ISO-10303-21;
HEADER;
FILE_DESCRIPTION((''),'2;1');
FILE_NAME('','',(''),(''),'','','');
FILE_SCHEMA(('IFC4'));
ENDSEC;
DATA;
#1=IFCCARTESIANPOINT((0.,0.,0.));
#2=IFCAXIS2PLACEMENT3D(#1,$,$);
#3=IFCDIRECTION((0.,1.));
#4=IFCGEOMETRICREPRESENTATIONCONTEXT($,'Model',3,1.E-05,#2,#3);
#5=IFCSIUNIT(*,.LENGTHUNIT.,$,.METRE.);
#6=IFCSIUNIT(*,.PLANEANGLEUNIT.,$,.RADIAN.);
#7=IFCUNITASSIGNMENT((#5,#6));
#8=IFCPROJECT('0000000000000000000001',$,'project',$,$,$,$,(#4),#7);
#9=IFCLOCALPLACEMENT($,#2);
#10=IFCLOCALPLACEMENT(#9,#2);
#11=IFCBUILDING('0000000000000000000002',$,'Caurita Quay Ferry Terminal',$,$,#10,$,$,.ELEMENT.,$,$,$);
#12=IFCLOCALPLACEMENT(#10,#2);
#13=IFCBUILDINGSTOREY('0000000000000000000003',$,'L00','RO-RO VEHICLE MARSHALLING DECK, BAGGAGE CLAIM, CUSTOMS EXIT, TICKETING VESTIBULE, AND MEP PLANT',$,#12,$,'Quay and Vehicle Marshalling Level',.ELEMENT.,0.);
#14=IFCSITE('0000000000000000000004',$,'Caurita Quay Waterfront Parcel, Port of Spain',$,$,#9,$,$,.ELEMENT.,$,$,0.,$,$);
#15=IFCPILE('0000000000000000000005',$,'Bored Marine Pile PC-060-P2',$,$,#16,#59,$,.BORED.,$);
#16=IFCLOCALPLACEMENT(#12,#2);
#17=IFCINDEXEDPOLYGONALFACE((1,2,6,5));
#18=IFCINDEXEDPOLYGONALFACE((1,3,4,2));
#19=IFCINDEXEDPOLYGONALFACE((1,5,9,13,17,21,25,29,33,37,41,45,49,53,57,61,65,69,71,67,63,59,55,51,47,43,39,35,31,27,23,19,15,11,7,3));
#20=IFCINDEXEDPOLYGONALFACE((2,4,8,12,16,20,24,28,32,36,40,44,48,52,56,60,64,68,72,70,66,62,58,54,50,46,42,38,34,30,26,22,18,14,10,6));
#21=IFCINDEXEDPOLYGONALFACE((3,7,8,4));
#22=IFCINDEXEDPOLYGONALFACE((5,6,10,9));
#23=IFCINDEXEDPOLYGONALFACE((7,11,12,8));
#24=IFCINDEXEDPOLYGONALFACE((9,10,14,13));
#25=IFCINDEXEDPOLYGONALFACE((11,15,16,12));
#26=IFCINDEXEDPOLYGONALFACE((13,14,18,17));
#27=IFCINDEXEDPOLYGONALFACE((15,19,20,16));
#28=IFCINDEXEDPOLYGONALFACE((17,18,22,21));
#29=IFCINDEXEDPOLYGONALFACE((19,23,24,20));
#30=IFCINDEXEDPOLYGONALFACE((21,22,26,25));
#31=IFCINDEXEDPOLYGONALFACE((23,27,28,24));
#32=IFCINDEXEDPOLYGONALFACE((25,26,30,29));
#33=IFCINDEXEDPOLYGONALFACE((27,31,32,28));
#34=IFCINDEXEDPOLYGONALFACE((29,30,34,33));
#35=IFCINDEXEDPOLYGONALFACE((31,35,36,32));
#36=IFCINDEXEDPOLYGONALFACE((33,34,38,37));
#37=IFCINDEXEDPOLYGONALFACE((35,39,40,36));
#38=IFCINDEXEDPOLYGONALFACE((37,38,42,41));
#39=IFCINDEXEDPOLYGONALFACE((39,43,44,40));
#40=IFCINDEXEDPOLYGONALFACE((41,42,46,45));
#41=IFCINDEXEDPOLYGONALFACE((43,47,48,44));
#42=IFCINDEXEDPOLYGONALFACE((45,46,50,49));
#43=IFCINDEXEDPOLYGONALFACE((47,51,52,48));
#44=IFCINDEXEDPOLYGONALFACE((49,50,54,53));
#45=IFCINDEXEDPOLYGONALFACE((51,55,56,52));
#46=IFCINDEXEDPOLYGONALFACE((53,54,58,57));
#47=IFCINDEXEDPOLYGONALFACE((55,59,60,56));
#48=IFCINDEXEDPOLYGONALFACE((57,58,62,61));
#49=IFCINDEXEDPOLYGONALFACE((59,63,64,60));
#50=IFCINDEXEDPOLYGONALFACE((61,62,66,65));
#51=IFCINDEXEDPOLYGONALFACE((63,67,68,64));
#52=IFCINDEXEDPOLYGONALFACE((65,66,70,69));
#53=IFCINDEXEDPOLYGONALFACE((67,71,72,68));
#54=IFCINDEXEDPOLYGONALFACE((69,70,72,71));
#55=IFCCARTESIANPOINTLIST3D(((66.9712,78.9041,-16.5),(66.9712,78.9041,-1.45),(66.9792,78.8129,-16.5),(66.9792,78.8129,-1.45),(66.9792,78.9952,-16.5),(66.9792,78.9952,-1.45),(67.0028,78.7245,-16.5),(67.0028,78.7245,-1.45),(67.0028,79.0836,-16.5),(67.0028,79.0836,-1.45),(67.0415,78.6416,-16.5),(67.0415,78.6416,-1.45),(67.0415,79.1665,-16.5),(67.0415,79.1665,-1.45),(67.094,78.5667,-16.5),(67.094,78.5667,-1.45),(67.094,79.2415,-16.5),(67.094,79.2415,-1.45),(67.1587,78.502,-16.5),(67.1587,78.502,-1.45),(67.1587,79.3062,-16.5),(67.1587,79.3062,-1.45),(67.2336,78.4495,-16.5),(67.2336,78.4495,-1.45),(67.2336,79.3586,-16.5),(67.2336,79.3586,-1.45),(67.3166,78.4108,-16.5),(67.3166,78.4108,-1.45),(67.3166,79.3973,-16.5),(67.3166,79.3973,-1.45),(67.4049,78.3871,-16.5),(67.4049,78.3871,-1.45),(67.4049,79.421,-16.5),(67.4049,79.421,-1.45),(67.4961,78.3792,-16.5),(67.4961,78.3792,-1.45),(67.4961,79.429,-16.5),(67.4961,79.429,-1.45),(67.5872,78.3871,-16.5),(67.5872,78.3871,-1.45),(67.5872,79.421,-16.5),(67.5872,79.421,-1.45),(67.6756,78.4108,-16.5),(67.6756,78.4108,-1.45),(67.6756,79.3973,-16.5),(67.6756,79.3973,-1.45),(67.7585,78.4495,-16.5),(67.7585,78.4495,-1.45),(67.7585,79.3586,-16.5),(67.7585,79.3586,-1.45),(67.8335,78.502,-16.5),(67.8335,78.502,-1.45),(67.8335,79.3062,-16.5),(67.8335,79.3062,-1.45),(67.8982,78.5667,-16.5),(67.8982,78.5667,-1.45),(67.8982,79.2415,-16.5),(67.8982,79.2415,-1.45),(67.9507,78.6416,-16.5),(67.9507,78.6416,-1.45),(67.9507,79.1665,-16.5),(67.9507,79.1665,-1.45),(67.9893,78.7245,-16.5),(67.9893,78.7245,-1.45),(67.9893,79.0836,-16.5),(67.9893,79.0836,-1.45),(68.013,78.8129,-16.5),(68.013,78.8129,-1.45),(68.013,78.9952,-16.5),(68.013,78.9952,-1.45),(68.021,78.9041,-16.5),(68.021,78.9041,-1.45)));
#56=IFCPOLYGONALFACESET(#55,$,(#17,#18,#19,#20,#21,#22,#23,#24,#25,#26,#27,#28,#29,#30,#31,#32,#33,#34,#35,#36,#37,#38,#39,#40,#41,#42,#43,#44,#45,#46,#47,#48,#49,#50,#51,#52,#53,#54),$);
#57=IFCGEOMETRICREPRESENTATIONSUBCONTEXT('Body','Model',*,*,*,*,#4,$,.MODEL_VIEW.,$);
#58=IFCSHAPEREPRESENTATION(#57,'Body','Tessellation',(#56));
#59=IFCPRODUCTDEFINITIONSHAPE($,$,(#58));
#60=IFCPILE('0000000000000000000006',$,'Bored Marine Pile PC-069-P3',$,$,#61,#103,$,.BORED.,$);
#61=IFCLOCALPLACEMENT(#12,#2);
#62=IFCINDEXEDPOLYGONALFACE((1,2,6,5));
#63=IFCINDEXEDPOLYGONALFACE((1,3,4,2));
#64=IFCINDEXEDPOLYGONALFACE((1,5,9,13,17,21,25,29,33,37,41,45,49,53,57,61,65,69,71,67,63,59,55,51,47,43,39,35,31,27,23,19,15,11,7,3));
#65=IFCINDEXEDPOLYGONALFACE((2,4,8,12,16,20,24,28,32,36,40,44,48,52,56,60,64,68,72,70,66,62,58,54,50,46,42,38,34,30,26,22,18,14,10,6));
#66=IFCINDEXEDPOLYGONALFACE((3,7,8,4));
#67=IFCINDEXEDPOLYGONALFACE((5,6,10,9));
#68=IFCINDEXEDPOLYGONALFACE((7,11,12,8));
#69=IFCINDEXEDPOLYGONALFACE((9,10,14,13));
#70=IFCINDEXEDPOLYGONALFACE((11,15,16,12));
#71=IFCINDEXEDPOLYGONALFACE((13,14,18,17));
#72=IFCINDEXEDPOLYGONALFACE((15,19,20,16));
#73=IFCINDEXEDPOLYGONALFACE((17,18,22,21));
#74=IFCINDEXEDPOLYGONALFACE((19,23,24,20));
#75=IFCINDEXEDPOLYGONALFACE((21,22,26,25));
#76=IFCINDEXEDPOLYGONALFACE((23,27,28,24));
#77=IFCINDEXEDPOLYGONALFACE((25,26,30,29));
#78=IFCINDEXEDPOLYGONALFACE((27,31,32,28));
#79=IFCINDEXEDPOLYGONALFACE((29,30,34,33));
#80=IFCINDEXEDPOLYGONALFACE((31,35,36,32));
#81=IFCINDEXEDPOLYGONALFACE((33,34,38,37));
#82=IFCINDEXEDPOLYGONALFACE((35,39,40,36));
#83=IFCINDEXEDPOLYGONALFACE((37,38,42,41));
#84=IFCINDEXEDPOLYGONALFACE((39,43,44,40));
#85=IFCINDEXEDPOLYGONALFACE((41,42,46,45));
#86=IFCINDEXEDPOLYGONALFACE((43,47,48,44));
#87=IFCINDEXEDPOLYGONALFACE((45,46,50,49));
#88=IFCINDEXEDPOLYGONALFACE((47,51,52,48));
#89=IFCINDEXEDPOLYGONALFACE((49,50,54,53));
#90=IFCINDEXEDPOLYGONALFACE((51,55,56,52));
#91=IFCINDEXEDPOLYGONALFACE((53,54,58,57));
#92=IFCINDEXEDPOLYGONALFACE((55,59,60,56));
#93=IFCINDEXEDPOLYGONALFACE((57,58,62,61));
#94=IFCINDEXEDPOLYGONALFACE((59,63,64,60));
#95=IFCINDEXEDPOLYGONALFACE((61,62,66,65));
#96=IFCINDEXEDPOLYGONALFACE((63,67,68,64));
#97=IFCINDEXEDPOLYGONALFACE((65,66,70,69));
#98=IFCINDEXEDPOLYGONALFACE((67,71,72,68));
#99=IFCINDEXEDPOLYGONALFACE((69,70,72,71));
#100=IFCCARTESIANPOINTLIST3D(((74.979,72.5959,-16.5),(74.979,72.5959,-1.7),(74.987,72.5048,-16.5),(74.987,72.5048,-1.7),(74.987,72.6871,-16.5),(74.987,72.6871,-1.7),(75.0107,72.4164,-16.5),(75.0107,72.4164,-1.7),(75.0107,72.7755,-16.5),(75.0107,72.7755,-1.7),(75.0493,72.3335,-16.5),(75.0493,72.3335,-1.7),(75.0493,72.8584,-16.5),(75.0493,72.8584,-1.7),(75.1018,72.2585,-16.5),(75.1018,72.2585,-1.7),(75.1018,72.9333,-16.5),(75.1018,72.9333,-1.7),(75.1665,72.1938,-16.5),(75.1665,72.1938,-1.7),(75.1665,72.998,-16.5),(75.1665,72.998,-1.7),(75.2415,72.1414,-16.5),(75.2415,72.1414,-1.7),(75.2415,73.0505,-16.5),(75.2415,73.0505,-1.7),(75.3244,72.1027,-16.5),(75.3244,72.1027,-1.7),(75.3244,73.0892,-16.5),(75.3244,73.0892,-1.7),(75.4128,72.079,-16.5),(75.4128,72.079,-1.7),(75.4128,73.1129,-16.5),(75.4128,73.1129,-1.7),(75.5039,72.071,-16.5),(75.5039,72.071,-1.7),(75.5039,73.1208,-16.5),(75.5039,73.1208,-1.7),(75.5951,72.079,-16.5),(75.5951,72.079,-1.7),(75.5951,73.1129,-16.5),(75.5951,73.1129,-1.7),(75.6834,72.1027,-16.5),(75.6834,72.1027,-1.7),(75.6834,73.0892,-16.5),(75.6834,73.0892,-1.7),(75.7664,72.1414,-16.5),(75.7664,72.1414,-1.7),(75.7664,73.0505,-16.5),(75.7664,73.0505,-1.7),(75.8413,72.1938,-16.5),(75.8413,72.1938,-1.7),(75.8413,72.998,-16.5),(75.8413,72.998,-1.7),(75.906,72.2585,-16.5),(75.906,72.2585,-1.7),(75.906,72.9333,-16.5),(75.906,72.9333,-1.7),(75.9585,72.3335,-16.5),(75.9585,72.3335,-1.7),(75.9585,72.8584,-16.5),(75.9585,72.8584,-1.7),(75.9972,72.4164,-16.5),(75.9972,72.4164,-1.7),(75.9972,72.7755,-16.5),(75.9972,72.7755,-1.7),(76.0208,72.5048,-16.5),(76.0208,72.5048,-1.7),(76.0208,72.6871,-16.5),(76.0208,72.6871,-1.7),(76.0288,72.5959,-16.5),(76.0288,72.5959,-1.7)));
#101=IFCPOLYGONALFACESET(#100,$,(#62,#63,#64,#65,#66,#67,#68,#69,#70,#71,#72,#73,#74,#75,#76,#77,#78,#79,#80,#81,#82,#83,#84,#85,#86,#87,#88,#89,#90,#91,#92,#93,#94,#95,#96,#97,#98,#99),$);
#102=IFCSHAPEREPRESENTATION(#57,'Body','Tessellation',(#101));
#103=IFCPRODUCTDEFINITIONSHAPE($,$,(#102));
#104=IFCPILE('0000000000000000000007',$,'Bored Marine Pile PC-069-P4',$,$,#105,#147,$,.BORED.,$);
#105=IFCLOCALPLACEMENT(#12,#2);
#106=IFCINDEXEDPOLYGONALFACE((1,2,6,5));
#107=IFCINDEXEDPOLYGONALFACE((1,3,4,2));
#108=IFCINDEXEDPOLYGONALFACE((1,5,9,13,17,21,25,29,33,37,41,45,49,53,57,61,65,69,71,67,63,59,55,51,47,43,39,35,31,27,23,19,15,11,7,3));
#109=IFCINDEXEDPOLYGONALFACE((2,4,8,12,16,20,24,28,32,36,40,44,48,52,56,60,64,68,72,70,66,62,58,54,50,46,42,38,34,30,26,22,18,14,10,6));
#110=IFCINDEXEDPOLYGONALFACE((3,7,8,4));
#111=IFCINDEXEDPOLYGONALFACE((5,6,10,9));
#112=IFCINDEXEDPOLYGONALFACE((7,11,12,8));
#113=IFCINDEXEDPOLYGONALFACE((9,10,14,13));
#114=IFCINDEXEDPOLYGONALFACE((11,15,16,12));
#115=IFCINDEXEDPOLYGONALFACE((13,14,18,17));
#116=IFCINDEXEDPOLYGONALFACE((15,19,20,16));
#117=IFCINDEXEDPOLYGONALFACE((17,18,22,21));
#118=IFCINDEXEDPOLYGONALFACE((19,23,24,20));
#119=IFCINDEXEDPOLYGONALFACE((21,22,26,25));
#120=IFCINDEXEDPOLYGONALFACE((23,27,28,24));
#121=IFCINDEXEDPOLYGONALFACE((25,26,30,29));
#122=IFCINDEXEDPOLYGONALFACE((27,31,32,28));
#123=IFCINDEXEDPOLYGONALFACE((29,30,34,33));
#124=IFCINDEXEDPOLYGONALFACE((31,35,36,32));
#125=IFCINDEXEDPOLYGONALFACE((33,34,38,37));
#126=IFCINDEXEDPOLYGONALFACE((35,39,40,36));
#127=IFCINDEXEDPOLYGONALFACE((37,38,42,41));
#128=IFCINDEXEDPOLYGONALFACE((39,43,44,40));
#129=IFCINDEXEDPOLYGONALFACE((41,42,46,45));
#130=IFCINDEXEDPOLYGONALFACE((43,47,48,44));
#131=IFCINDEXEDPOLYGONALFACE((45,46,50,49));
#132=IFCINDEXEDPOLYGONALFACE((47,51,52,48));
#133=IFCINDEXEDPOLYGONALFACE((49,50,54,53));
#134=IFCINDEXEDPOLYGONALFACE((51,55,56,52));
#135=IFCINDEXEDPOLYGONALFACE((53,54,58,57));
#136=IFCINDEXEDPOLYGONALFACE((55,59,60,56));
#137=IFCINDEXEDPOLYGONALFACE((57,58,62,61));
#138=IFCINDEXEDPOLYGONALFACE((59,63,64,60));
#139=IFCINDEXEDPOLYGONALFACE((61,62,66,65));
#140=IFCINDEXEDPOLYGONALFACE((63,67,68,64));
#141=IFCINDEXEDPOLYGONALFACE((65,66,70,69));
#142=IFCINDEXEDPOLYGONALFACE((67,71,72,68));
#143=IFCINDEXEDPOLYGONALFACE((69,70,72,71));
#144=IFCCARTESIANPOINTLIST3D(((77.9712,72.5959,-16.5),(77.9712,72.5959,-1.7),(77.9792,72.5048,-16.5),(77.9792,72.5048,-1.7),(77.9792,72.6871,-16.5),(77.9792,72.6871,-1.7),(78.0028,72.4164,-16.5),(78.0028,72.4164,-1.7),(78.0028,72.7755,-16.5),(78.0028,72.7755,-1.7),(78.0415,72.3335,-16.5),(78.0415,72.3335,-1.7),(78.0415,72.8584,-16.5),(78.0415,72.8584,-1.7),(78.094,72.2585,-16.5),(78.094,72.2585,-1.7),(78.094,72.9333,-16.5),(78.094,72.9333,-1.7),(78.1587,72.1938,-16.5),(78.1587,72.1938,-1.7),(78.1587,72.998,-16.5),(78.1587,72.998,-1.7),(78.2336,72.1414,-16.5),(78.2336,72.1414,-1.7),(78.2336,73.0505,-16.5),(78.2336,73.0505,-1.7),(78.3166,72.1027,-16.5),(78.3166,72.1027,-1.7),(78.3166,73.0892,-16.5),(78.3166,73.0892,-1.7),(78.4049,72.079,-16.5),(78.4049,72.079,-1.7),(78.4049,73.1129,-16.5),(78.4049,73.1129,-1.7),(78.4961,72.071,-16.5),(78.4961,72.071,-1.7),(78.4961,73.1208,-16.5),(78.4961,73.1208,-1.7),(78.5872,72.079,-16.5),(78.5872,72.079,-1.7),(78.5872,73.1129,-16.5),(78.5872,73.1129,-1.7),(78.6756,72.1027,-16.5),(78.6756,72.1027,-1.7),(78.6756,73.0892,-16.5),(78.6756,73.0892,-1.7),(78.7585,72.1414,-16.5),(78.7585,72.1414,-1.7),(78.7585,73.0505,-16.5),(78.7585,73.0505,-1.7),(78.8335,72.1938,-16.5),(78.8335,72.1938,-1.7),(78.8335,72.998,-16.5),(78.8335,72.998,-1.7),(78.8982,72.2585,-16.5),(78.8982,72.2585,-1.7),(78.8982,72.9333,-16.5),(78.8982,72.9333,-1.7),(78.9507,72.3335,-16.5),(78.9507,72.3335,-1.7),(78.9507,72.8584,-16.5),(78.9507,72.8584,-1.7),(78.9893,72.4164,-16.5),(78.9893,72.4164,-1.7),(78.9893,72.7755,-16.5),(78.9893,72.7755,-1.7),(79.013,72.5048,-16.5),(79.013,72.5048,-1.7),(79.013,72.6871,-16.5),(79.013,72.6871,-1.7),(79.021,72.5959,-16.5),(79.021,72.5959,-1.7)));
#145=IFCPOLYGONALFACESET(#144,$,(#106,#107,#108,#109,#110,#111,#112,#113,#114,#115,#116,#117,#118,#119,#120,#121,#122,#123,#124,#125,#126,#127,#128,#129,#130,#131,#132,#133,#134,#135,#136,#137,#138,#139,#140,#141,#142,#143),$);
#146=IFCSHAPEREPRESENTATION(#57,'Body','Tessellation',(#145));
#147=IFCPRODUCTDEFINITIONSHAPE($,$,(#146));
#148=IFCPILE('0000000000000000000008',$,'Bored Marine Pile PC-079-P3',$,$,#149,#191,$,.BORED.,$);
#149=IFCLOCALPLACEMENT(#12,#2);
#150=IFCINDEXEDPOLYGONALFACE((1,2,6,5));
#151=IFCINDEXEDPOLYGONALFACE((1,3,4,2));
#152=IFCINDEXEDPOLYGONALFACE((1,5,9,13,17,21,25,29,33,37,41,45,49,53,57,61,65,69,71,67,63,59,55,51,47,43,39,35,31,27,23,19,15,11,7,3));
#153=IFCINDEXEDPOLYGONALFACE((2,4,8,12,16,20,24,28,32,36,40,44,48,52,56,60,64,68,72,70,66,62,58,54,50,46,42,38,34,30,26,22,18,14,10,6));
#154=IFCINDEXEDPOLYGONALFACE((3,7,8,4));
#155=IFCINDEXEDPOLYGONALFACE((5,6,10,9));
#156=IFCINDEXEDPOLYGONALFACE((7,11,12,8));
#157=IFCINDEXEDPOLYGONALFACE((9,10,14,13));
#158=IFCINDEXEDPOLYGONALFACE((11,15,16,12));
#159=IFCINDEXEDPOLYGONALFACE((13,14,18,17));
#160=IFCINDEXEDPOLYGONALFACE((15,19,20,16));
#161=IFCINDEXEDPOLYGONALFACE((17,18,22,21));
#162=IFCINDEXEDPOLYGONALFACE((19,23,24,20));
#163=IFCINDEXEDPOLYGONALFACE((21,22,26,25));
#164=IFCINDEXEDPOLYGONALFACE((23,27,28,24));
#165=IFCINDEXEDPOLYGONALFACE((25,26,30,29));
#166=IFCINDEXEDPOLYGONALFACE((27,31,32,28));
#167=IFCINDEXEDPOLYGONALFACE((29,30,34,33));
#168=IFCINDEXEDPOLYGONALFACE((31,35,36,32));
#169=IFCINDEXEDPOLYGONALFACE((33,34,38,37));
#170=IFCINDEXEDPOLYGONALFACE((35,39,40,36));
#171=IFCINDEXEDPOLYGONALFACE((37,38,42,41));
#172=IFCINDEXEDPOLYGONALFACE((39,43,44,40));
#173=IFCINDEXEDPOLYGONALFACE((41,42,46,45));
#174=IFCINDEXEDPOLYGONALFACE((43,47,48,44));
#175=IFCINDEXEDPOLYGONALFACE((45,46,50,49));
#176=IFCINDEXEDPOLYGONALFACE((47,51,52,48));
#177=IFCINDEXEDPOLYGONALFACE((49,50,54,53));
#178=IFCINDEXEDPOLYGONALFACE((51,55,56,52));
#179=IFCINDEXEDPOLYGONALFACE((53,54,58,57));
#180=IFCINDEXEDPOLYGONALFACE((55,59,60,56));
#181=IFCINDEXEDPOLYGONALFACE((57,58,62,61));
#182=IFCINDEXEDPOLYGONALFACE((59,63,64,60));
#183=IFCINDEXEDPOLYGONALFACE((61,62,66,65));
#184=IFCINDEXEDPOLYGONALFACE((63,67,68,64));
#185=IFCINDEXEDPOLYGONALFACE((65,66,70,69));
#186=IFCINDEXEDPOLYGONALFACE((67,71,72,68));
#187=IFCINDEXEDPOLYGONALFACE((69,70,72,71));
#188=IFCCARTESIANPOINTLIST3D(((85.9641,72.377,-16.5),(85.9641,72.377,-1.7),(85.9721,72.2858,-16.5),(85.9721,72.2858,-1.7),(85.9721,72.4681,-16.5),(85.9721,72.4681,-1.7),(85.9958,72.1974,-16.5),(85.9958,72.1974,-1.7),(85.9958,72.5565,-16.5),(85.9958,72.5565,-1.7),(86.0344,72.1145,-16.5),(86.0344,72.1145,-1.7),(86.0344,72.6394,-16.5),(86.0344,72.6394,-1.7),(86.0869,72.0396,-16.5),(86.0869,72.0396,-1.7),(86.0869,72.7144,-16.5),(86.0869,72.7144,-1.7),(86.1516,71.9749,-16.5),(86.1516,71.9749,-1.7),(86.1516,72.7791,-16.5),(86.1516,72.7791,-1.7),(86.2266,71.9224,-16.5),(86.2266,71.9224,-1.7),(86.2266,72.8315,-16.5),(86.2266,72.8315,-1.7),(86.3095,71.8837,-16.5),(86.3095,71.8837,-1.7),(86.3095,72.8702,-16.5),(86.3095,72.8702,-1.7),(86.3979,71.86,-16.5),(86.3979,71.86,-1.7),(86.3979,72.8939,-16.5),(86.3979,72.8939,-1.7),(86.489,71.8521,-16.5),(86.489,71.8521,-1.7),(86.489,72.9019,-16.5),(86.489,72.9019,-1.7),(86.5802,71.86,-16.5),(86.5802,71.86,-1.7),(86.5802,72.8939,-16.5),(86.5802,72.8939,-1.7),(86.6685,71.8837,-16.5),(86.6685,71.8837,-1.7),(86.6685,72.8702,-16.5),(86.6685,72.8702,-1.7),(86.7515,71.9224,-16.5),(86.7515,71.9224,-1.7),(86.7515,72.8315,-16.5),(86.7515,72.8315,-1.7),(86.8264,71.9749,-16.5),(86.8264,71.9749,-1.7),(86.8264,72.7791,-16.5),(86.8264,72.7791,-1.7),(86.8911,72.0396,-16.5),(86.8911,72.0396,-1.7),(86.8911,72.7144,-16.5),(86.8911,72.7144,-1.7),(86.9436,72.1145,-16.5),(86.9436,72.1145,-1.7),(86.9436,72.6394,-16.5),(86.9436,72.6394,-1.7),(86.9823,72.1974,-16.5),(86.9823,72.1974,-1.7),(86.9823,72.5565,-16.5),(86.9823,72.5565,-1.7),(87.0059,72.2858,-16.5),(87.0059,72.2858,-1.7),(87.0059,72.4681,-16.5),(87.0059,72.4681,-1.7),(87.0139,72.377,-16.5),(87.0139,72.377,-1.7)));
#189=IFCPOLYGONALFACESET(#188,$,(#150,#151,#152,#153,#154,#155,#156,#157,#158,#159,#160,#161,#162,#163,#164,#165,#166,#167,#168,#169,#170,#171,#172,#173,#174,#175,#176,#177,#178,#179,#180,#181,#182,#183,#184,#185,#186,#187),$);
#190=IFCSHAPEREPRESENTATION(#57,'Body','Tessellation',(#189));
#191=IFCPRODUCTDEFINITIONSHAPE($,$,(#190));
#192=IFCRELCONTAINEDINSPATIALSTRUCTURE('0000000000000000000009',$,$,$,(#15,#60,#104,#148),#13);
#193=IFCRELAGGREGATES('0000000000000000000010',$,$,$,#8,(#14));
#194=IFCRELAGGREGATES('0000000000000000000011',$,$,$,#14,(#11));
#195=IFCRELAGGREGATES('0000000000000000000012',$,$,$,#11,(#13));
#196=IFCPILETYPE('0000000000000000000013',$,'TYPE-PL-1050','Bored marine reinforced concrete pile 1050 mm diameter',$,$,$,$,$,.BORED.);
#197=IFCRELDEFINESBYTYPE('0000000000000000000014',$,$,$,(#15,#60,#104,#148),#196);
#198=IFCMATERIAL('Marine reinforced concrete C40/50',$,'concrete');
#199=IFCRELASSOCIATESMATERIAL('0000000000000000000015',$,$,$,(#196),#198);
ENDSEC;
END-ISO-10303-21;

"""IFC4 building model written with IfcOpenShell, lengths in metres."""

from ifc_helpers import new_model, si_unit, direction, frame, origin, origin_2d, place, context, subcontext, project, spatial, circle, extrude, material, material_profile, profile_set, type_object, element, save


model = new_model("IFC4")

# Units and contexts
model_context = context("Model", 3, precision=1e-05, world=origin(), true_north=direction((0.0, 1.0)))
body_context = subcontext(model_context, "Body", "Model", "MODEL_VIEW")
ifc_project = project(units=[si_unit("LENGTHUNIT", "METRE"), si_unit("PLANEANGLEUNIT", "RADIAN")], contexts=[model_context])

# Site, building, storey
site_placement = place(None, origin())
site = spatial("IfcSite", under=ifc_project, at=site_placement, Name="Caurita Quay Waterfront Parcel, Port of Spain", CompositionType="ELEMENT", RefElevation=0.0)
building_placement = place(site_placement, origin())
building = spatial("IfcBuilding", under=site, at=building_placement, Name="Caurita Quay Ferry Terminal", CompositionType="ELEMENT")
storey_placement = place(building_placement, origin())
storey = spatial("IfcBuildingStorey", under=building, at=storey_placement, Name="L00", Description="RO-RO VEHICLE MARSHALLING DECK, BAGGAGE CLAIM, CUSTOMS EXIT, TICKETING VESTIBULE, AND MEP PLANT", LongName="Quay and Vehicle Marshalling Level", CompositionType="ELEMENT", Elevation=0.0)

# Piles
ifc_material_1 = material(Name="Marine reinforced concrete C40/50", Category="concrete")
ifc_material_profile_1 = material_profile(ifc_material_1, circle(Radius=0.5249, at=origin_2d()), Name="PILE-D1050")
ifc_profile_set_1 = profile_set([ifc_material_profile_1], Name="Marine reinforced concrete C40/50")
pile_type_1 = type_object("IfcPileType", Name="TYPE-PL-1050", Description="Bored marine reinforced concrete pile 1050 mm diameter", PredefinedType="BORED", material=ifc_profile_set_1)
pile_placement = place(storey_placement, frame((67.4961, 78.9041, -1.45), z_axis=(0.0, 0.0, -1.0), x_axis=(1.0, 0.0, 0.0)))
element("IfcPile", 1, at=pile_placement, inside=storey, type_object=pile_type_1, Name="Bored Marine Pile PC-060-P2", PredefinedType="BORED", context=body_context, shape_type="SweptSolid", body=[
    extrude(circle(Radius=0.5249, at=origin_2d()), origin(), (0.0, 0.0, 1.0), 15.05),
])
for number, where, z_axis, x_axis, name in (
    (2, (75.5039, 72.5959, -1.7), (0.0, 0.0, -1.0), (1.0, 0.0, 0.0), "Bored Marine Pile PC-069-P3"),
    (3, (78.4961, 72.5959, -1.7), (0.0, 0.0, -1.0), (1.0, 0.0, 0.0), "Bored Marine Pile PC-069-P4"),
    (4, (86.489, 72.377, -1.7), (0.0, 0.0, -1.0), (1.0, 0.0, 0.0), "Bored Marine Pile PC-079-P3"),
):
    element("IfcPile", number, at=place(storey_placement, frame(where, z_axis=z_axis, x_axis=x_axis)), inside=storey, type_object=pile_type_1, Name=name, PredefinedType="BORED", context=body_context, shape_type="SweptSolid", body=[
        extrude(circle(Radius=0.5249, at=origin_2d()), origin(), (0.0, 0.0, 1.0), 14.8),
    ])

save(model, "model.ifc")
